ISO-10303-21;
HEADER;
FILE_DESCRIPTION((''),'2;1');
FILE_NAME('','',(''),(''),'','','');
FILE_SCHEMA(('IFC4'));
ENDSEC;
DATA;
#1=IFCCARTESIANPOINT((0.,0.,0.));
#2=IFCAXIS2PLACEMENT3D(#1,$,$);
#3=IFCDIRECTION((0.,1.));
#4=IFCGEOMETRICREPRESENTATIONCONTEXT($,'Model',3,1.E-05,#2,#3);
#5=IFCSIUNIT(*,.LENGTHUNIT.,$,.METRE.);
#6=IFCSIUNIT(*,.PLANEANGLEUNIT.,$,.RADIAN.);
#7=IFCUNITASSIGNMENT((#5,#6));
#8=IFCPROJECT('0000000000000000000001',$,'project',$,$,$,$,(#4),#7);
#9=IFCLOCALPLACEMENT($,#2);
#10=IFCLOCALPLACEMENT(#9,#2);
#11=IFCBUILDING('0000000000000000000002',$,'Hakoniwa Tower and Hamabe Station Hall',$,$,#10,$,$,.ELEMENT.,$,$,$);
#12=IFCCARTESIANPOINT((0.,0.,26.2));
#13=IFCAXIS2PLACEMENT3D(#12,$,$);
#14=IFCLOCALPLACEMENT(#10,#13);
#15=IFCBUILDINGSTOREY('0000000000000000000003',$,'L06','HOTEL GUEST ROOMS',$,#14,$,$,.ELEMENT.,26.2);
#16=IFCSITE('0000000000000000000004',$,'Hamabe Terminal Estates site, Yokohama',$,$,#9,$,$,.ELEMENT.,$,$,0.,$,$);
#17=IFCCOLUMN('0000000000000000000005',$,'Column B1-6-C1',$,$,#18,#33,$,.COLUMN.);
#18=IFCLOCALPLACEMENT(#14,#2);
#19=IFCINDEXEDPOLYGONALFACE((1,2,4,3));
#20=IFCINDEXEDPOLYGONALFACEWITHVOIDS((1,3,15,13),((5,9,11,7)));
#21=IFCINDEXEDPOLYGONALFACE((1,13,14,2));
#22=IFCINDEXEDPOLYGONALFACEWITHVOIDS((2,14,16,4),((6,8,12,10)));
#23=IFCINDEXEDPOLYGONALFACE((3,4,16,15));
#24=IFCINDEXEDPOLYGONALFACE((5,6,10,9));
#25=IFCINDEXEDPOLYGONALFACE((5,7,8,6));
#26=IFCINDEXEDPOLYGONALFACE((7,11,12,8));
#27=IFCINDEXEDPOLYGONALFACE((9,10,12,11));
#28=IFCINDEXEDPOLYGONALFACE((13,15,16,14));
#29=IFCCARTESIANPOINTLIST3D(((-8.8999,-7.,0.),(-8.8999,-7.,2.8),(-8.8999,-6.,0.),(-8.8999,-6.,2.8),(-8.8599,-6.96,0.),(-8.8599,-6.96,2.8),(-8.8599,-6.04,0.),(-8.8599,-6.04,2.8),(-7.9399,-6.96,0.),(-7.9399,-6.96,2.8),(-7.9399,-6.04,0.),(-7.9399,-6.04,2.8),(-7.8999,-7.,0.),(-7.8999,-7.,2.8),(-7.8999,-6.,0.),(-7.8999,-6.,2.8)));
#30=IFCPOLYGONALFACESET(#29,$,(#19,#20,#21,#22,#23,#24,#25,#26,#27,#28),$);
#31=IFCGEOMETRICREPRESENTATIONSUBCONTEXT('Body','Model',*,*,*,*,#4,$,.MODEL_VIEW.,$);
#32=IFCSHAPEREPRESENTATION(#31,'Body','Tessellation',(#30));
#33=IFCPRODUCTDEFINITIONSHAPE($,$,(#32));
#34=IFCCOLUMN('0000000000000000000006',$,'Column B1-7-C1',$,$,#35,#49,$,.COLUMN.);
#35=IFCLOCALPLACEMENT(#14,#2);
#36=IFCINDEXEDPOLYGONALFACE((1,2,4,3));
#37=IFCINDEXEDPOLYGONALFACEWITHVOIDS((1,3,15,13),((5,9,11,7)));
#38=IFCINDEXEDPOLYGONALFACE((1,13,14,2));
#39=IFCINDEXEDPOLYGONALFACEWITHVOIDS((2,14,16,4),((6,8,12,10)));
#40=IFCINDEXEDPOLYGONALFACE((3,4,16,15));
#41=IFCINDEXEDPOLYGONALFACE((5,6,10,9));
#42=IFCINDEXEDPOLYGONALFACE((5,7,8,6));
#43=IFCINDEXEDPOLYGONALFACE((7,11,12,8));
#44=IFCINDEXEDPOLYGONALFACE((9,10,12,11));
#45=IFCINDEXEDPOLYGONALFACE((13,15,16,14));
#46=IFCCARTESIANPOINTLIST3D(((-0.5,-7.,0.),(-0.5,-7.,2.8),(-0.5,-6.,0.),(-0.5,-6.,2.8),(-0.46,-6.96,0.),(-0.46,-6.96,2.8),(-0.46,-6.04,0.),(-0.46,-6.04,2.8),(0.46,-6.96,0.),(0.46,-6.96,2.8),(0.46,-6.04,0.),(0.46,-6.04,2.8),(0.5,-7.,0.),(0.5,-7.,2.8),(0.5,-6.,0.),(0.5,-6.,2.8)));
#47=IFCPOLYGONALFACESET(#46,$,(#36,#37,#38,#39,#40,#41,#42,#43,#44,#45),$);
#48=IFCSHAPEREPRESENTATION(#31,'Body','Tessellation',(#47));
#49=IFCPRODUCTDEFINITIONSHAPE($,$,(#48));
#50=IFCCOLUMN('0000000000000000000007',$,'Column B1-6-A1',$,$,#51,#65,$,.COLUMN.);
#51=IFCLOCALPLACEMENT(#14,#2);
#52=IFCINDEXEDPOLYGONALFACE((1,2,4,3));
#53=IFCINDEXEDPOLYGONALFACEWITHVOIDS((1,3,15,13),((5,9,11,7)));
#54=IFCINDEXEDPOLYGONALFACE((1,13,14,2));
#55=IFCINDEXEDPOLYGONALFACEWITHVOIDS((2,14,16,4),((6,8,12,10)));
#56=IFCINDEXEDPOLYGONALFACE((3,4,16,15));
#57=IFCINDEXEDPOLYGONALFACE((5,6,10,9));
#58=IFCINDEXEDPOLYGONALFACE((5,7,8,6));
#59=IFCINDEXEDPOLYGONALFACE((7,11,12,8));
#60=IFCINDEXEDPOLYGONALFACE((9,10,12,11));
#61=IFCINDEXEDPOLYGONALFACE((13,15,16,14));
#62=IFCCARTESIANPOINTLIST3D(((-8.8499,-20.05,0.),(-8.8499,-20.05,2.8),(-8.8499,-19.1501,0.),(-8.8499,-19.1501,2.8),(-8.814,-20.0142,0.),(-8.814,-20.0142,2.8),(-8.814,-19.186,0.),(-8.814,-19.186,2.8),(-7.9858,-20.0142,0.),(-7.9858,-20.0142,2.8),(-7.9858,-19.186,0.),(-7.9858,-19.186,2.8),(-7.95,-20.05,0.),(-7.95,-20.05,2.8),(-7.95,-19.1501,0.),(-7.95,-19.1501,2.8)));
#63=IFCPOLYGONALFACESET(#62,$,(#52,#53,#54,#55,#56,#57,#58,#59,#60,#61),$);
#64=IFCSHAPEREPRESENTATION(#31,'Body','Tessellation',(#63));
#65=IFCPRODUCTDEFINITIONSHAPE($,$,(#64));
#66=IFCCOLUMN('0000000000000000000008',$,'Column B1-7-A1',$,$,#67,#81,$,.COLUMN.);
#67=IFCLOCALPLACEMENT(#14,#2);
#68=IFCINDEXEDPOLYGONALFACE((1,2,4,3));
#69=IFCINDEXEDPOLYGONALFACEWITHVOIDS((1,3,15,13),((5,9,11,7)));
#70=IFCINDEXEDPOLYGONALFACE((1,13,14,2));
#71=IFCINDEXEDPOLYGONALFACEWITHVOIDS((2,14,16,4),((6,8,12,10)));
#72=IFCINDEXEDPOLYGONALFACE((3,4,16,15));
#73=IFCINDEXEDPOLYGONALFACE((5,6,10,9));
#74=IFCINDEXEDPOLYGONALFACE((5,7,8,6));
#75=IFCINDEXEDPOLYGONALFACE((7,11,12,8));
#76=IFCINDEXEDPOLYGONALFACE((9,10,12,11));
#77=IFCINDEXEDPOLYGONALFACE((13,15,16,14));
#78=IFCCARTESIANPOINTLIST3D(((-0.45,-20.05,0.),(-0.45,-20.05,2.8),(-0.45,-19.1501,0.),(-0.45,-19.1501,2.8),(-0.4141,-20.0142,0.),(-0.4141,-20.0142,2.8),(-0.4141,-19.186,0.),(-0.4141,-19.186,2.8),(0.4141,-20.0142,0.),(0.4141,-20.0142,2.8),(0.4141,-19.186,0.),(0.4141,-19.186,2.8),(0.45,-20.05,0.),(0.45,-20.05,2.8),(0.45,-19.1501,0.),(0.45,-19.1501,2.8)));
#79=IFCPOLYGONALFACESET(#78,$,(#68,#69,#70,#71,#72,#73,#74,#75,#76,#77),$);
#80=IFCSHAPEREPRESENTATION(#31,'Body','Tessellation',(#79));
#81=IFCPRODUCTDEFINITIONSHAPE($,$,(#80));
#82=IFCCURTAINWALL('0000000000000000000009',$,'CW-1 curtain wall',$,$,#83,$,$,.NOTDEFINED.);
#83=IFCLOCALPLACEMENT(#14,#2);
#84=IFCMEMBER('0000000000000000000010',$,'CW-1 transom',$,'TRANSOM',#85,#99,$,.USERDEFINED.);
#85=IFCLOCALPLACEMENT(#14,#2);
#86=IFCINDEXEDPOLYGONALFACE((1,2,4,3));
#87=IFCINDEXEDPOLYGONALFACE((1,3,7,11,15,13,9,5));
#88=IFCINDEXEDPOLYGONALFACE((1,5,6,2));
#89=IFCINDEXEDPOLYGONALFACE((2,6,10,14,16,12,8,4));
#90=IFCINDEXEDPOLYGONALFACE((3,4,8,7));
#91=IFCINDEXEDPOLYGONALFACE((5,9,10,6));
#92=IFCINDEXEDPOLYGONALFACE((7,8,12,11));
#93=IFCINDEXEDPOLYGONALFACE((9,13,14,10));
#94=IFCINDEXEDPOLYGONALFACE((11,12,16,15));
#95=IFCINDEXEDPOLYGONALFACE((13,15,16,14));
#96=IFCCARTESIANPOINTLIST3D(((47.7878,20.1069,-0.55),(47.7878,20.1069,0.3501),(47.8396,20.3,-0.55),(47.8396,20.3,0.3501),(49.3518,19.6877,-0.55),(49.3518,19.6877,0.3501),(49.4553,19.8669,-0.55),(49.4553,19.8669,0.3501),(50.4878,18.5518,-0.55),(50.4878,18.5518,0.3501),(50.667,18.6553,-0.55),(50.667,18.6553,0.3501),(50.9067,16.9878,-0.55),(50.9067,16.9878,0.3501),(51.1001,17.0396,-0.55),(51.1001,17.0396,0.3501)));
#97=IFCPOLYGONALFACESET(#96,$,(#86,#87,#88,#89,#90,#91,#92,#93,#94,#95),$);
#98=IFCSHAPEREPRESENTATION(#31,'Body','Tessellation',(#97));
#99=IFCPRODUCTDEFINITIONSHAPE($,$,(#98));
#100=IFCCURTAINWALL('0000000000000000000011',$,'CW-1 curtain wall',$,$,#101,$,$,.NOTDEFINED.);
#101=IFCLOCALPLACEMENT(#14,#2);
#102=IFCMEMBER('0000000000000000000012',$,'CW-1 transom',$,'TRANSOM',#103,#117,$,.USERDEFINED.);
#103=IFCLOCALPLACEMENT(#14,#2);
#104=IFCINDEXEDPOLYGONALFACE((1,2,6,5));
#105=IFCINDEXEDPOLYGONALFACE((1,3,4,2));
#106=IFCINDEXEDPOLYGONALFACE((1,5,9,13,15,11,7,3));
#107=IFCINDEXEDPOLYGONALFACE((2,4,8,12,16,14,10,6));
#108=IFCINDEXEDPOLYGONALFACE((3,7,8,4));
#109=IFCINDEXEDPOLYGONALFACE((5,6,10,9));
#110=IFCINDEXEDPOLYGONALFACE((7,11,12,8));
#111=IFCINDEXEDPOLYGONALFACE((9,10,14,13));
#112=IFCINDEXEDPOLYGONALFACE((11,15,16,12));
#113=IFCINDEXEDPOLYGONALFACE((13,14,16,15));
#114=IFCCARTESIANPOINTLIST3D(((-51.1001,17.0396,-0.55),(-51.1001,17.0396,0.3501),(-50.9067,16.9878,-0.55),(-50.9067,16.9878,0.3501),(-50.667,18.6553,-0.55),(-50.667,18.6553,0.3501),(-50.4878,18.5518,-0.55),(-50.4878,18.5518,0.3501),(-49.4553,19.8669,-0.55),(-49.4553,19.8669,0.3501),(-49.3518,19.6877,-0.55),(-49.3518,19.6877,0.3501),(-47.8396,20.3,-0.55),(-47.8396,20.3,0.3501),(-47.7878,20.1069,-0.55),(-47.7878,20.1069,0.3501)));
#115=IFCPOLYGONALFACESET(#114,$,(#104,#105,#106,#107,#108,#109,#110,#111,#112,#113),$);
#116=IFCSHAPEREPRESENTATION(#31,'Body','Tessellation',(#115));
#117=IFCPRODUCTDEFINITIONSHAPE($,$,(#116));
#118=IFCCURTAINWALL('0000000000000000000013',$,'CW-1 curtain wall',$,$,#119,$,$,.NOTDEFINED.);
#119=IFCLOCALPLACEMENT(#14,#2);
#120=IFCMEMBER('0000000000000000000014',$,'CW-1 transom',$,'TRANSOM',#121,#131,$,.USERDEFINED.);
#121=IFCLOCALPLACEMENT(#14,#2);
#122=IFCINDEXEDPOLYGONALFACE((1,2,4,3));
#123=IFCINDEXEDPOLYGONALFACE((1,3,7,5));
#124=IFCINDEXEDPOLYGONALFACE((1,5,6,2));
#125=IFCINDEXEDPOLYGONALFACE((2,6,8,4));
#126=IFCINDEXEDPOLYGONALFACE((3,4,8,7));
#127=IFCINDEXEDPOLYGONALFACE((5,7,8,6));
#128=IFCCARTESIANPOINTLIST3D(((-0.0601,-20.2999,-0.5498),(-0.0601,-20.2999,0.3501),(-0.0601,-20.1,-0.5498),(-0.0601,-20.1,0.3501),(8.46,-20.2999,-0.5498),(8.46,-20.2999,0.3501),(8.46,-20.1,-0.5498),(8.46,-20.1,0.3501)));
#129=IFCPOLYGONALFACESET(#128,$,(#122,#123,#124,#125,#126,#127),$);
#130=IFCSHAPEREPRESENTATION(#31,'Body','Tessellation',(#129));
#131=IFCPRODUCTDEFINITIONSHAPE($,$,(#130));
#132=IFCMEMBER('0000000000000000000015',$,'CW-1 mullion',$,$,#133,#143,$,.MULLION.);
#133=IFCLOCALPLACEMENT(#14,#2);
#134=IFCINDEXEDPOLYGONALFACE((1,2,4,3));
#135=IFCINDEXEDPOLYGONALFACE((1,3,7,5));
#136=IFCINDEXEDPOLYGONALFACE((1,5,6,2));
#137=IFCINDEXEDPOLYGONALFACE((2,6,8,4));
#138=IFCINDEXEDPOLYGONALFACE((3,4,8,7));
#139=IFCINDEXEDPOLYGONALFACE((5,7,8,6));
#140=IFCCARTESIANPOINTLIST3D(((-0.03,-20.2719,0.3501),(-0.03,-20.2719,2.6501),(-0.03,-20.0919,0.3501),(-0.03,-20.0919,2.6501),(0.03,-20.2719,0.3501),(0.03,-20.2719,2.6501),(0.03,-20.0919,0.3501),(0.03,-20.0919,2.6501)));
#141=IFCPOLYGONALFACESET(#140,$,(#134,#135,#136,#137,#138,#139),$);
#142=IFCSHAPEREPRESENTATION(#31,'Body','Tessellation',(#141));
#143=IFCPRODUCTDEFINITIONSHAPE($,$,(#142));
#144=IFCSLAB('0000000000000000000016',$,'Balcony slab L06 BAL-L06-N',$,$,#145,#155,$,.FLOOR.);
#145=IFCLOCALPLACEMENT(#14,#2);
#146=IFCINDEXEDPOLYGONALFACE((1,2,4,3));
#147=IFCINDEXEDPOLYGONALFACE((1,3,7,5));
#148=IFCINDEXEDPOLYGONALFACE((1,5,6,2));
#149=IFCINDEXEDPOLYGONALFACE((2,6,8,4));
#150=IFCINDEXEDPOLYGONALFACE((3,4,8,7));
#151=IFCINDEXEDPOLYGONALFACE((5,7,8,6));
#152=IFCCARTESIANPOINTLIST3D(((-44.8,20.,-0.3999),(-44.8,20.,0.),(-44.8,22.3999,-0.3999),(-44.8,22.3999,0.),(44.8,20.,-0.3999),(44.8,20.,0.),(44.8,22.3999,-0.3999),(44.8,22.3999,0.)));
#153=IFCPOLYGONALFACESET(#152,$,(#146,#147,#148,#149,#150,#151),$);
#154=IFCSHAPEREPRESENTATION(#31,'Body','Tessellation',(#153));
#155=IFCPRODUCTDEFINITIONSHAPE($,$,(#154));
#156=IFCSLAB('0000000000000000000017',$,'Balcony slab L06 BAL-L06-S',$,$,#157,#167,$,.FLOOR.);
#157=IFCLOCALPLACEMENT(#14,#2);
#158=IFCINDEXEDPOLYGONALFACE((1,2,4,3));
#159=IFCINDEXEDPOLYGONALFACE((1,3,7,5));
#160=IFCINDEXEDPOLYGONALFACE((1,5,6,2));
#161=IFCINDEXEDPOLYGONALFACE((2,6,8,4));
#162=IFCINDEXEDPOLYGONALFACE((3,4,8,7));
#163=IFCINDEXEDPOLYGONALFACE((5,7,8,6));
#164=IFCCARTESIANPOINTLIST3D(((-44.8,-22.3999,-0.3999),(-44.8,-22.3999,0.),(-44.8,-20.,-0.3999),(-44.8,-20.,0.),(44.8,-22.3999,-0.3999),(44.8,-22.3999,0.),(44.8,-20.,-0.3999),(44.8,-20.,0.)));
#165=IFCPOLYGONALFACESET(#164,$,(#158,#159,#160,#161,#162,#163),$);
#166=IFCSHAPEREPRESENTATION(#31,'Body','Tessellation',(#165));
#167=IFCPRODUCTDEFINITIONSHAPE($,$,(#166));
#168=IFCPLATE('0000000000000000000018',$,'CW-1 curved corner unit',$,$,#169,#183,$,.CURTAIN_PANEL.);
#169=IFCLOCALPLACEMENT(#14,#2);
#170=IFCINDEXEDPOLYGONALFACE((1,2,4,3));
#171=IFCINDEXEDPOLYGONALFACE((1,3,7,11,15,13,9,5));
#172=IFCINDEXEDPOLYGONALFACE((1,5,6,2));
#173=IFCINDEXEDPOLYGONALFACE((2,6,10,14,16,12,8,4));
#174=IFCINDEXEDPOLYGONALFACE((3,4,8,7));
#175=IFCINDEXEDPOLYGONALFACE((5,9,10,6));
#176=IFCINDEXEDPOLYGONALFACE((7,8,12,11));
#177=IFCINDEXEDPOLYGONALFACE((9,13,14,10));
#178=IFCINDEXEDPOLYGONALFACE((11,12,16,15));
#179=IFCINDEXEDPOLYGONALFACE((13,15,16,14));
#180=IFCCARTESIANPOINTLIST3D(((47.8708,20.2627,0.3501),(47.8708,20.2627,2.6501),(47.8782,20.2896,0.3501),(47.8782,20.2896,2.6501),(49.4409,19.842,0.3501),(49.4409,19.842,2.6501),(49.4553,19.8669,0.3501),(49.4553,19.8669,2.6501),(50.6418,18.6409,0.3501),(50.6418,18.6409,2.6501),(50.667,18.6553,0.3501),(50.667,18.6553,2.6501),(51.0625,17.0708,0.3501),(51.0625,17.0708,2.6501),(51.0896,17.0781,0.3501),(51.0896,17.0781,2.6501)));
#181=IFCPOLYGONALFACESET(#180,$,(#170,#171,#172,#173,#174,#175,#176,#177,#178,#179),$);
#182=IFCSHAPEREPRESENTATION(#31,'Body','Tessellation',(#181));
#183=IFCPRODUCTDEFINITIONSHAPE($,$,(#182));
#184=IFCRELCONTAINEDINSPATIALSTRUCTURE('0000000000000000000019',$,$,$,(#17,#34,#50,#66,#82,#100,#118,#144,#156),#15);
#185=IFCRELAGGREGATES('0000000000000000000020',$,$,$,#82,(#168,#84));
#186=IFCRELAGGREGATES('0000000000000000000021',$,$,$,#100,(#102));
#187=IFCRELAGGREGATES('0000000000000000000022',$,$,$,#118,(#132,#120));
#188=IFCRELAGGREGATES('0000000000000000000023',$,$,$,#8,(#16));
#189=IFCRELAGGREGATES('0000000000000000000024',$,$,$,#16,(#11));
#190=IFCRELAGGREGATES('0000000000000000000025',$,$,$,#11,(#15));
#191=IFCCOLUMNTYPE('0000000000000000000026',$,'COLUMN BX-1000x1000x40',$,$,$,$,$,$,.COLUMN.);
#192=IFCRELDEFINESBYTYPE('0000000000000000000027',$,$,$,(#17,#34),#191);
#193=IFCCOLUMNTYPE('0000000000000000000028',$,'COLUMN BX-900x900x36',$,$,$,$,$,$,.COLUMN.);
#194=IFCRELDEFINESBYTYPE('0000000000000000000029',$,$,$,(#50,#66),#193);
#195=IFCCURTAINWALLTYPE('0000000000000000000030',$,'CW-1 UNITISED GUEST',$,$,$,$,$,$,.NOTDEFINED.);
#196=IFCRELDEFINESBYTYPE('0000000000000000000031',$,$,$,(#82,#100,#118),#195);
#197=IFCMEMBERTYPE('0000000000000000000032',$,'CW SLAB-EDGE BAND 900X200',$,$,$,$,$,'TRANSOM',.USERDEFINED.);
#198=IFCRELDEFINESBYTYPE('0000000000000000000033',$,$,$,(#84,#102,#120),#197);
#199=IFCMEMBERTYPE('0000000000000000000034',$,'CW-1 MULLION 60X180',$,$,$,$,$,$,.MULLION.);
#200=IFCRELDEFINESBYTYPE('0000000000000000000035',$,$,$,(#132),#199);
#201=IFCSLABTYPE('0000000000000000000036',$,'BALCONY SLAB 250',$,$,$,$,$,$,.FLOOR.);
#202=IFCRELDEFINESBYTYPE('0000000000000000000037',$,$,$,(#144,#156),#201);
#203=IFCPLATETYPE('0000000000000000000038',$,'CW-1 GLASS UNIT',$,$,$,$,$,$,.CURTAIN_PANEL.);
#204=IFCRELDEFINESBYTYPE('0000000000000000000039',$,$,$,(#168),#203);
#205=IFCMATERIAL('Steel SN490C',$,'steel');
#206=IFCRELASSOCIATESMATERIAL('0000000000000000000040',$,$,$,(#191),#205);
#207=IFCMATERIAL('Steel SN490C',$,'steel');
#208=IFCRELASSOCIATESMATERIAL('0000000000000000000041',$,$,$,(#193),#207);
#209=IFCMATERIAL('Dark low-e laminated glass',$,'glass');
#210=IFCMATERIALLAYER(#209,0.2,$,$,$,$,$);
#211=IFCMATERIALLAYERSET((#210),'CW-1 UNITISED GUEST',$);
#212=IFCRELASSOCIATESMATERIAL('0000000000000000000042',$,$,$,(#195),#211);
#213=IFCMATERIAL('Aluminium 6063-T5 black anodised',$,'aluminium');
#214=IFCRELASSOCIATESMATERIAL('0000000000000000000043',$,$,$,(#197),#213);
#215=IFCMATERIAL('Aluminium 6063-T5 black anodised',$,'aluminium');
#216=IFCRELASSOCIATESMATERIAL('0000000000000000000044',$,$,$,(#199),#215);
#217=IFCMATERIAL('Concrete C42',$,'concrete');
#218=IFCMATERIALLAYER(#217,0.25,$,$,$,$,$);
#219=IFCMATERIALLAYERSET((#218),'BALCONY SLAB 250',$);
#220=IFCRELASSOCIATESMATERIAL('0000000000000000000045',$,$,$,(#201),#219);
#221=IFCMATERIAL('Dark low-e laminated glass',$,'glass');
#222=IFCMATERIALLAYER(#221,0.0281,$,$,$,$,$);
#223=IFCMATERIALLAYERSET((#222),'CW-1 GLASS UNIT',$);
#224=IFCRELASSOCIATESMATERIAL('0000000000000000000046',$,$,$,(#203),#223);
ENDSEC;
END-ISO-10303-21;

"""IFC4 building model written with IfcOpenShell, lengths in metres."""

from ifc_helpers import new_model, si_unit, direction, frame, origin, origin_2d, place, context, subcontext, project, spatial, polyline, rectangle, hollow_rectangle, outline, extrude, material, layer, layer_set, material_profile, profile_set, type_object, element, aggregate, save


model = new_model("IFC4")

# Units and contexts
model_context = context("Model", 3, precision=1e-05, world=origin(), true_north=direction((0.0, 1.0)))
body_context = subcontext(model_context, "Body", "Model", "MODEL_VIEW")
ifc_project = project(units=[si_unit("LENGTHUNIT", "METRE"), si_unit("PLANEANGLEUNIT", "RADIAN")], contexts=[model_context])

# Site, building, storey
site_placement = place(None, origin())
site = spatial("IfcSite", under=ifc_project, at=site_placement, Name="Hamabe Terminal Estates site, Yokohama", CompositionType="ELEMENT", RefElevation=0.0)
building_placement = place(site_placement, origin())
building = spatial("IfcBuilding", under=site, at=building_placement, Name="Hakoniwa Tower and Hamabe Station Hall", CompositionType="ELEMENT")
storey_placement = place(building_placement, frame((0.0, 0.0, 26.2)))
storey = spatial("IfcBuildingStorey", under=building, at=storey_placement, Name="L06", Description="HOTEL GUEST ROOMS", CompositionType="ELEMENT", Elevation=26.2)

# Columns
ifc_material_1 = material(Name="Steel SN490C", Category="steel")
ifc_material_profile_1 = material_profile(ifc_material_1, hollow_rectangle(XDim=1.0, YDim=1.0, WallThickness=0.04, at=origin_2d()), Name="BX-1000x1000x40")
ifc_profile_set_1 = profile_set([ifc_material_profile_1], Name="Steel SN490C")
column_type_1 = type_object("IfcColumnType", Name="COLUMN BX-1000x1000x40", PredefinedType="COLUMN", material=ifc_profile_set_1)
for number, where, z_axis, x_axis, name in (
    (1, (-8.3999, -6.5, 0.0), (0.0, 0.0, 1.0), (1.0, 0.0, 0.0), "Column B1-6-C1"),
    (2, (0.0, -6.5, 0.0), (0.0, 0.0, 1.0), (1.0, 0.0, 0.0), "Column B1-7-C1"),
):
    element("IfcColumn", number, at=place(storey_placement, frame(where, z_axis=z_axis, x_axis=x_axis)), inside=storey, type_object=column_type_1, Name=name, PredefinedType="COLUMN", context=body_context, shape_type="SweptSolid", body=[
        extrude(hollow_rectangle(XDim=1.0, YDim=1.0, WallThickness=0.04, at=origin_2d()), origin(), (0.0, 0.0, 1.0), 2.8),
    ])
ifc_material_2 = material(Name="Steel SN490C", Category="steel")
ifc_material_profile_2 = material_profile(ifc_material_2, hollow_rectangle(XDim=0.8999, YDim=0.8999, WallThickness=0.0359, at=origin_2d()), Name="BX-900x900x36")
ifc_profile_set_2 = profile_set([ifc_material_profile_2], Name="Steel SN490C")
column_type_2 = type_object("IfcColumnType", Name="COLUMN BX-900x900x36", PredefinedType="COLUMN", material=ifc_profile_set_2)
for number, where, z_axis, x_axis, name in (
    (3, (-8.3999, -19.6001, 0.0), (0.0, 0.0, 1.0), (1.0, 0.0, 0.0), "Column B1-6-A1"),
    (4, (0.0, -19.6001, 0.0), (0.0, 0.0, 1.0), (1.0, 0.0, 0.0), "Column B1-7-A1"),
):
    element("IfcColumn", number, at=place(storey_placement, frame(where, z_axis=z_axis, x_axis=x_axis)), inside=storey, type_object=column_type_2, Name=name, PredefinedType="COLUMN", context=body_context, shape_type="SweptSolid", body=[
        extrude(hollow_rectangle(XDim=0.8999, YDim=0.8999, WallThickness=0.0359, at=origin_2d()), origin(), (0.0, 0.0, 1.0), 2.8),
    ])

# Curtain walls, members
ifc_material_3 = material(Name="Dark low-e laminated glass", Category="glass")
ifc_layer_1 = layer(ifc_material_3, 0.2)
ifc_layer_set_1 = layer_set([ifc_layer_1], Name="CW-1 UNITISED GUEST")
curtain_wall_type = type_object("IfcCurtainWallType", Name="CW-1 UNITISED GUEST", PredefinedType="NOTDEFINED", material=ifc_layer_set_1)
curtain_wall_1_placement = place(storey_placement, origin())
curtain_wall_1 = element("IfcCurtainWall", 5, at=curtain_wall_1_placement, inside=storey, type_object=curtain_wall_type, Name="CW-1 curtain wall", PredefinedType="NOTDEFINED")
ifc_material_4 = material(Name="Aluminium 6063-T5 black anodised", Category="aluminium")
ifc_material_profile_3 = material_profile(ifc_material_4, rectangle(XDim=0.2, YDim=0.8999, at=origin_2d()), Name="CW SLAB-EDGE BAND 900X200")
ifc_profile_set_3 = profile_set([ifc_material_profile_3], Name="Aluminium 6063-T5 black anodised")
member_type_1 = type_object("IfcMemberType", Name="CW SLAB-EDGE BAND 900X200", ElementType="TRANSOM", PredefinedType="USERDEFINED", material=ifc_profile_set_3)
member_1_placement = place(storey_placement, frame((0.0, 0.0, -0.55)))
member_1 = element("IfcMember", 6, at=member_1_placement, type_object=member_type_1, Name="CW-1 transom", ObjectType="TRANSOM", PredefinedType="USERDEFINED", context=body_context, shape_type="SweptSolid", body=[
    extrude(outline(polyline([(51.1001, 17.0396), (50.667, 18.6553), (49.4553, 19.8669), (47.8396, 20.3), (47.7878, 20.1069), (49.3518, 19.6877), (50.4878, 18.5518), (50.9067, 16.9878), (51.1001, 17.0396)])), origin(), (0.0, 0.0, 1.0), 0.9001),
])
curtain_wall_2_placement = place(storey_placement, origin())
curtain_wall_2 = element("IfcCurtainWall", 7, at=curtain_wall_2_placement, inside=storey, type_object=curtain_wall_type, Name="CW-1 curtain wall", PredefinedType="NOTDEFINED")
member_2_placement = place(storey_placement, frame((0.0, 0.0, -0.55)))
member_2 = element("IfcMember", 8, at=member_2_placement, type_object=member_type_1, Name="CW-1 transom", ObjectType="TRANSOM", PredefinedType="USERDEFINED", context=body_context, shape_type="SweptSolid", body=[
    extrude(outline(polyline([(-47.8396, 20.3), (-49.4553, 19.8669), (-50.667, 18.6553), (-51.1001, 17.0396), (-50.9067, 16.9878), (-50.4878, 18.5518), (-49.3518, 19.6877), (-47.7878, 20.1069), (-47.8396, 20.3)])), origin(), (0.0, 0.0, 1.0), 0.9001),
])

# Curtain wall, members
curtain_wall_3_placement = place(storey_placement, origin())
curtain_wall_3 = element("IfcCurtainWall", 9, at=curtain_wall_3_placement, inside=storey, type_object=curtain_wall_type, Name="CW-1 curtain wall", PredefinedType="NOTDEFINED")
member_3_placement = place(storey_placement, frame((-0.0601, -20.2, -0.0999), z_axis=(1.0, 0.0, 0.0), x_axis=(0.0, 1.0, 0.0)))
member_3 = element("IfcMember", 10, at=member_3_placement, type_object=member_type_1, Name="CW-1 transom", ObjectType="TRANSOM", PredefinedType="USERDEFINED", context=body_context, shape_type="SweptSolid", body=[
    extrude(rectangle(XDim=0.2, YDim=0.8999, at=origin_2d()), origin(), (0.0, 0.0, 1.0), 8.52),
])
ifc_material_5 = material(Name="Aluminium 6063-T5 black anodised", Category="aluminium")
ifc_material_profile_4 = material_profile(ifc_material_5, rectangle(XDim=0.0601, YDim=0.1799, at=origin_2d()), Name="CW-1 MULLION 60X180")
ifc_profile_set_4 = profile_set([ifc_material_profile_4], Name="Aluminium 6063-T5 black anodised")
member_type_2 = type_object("IfcMemberType", Name="CW-1 MULLION 60X180", PredefinedType="MULLION", material=ifc_profile_set_4)
member_4_placement = place(storey_placement, frame((0.0, -20.1819, 0.3501), z_axis=(0.0, 0.0, 1.0), x_axis=(1.0, 0.0, 0.0)))
member_4 = element("IfcMember", 11, at=member_4_placement, type_object=member_type_2, Name="CW-1 mullion", PredefinedType="MULLION", context=body_context, shape_type="SweptSolid", body=[
    extrude(rectangle(XDim=0.0601, YDim=0.1799, at=origin_2d()), origin(), (0.0, 0.0, 1.0), 2.3),
])

# Slabs
ifc_material_6 = material(Name="Concrete C42", Category="concrete")
ifc_layer_2 = layer(ifc_material_6, 0.25)
ifc_layer_set_2 = layer_set([ifc_layer_2], Name="BALCONY SLAB 250")
slab_type_1 = type_object("IfcSlabType", Name="BALCONY SLAB 250", PredefinedType="FLOOR", material=ifc_layer_set_2)
slab_1_placement = place(storey_placement, frame((0.0, 0.0, -0.3999)))
element("IfcSlab", 12, at=slab_1_placement, inside=storey, type_object=slab_type_1, Name="Balcony slab L06 BAL-L06-N", PredefinedType="FLOOR", context=body_context, shape_type="SweptSolid", body=[
    extrude(outline(polyline([(-44.8, 20.0), (44.8, 20.0), (44.8, 22.3999), (-44.8, 22.3999), (-44.8, 20.0)])), origin(), (0.0, 0.0, 1.0), 0.3999),
])
slab_2_placement = place(storey_placement, frame((0.0, 0.0, -0.3999)))
element("IfcSlab", 13, at=slab_2_placement, inside=storey, type_object=slab_type_1, Name="Balcony slab L06 BAL-L06-S", PredefinedType="FLOOR", context=body_context, shape_type="SweptSolid", body=[
    extrude(outline(polyline([(-44.8, -22.3999), (44.8, -22.3999), (44.8, -20.0), (-44.8, -20.0), (-44.8, -22.3999)])), origin(), (0.0, 0.0, 1.0), 0.3999),
])

# Plate
ifc_material_7 = material(Name="Dark low-e laminated glass", Category="glass")
ifc_layer_3 = layer(ifc_material_7, 0.0281)
ifc_layer_set_3 = layer_set([ifc_layer_3], Name="CW-1 GLASS UNIT")
plate_type = type_object("IfcPlateType", Name="CW-1 GLASS UNIT", PredefinedType="CURTAIN_PANEL", material=ifc_layer_set_3)
plate_1_placement = place(storey_placement, frame((0.0, 0.0, 0.3501)))
plate_1 = element("IfcPlate", 14, at=plate_1_placement, type_object=plate_type, Name="CW-1 curved corner unit", PredefinedType="CURTAIN_PANEL", context=body_context, shape_type="SweptSolid", body=[
    extrude(outline(polyline([(51.0896, 17.0781), (50.667, 18.6553), (49.4553, 19.8669), (47.8782, 20.2896), (47.8708, 20.2627), (49.4409, 19.842), (50.6418, 18.6409), (51.0625, 17.0708), (51.0896, 17.0781)])), origin(), (0.0, 0.0, 1.0), 2.3),
])
aggregate(curtain_wall_1, [plate_1, member_1])
aggregate(curtain_wall_2, [member_2])

aggregate(curtain_wall_3, [member_4, member_3])

save(model, "model.ifc")
